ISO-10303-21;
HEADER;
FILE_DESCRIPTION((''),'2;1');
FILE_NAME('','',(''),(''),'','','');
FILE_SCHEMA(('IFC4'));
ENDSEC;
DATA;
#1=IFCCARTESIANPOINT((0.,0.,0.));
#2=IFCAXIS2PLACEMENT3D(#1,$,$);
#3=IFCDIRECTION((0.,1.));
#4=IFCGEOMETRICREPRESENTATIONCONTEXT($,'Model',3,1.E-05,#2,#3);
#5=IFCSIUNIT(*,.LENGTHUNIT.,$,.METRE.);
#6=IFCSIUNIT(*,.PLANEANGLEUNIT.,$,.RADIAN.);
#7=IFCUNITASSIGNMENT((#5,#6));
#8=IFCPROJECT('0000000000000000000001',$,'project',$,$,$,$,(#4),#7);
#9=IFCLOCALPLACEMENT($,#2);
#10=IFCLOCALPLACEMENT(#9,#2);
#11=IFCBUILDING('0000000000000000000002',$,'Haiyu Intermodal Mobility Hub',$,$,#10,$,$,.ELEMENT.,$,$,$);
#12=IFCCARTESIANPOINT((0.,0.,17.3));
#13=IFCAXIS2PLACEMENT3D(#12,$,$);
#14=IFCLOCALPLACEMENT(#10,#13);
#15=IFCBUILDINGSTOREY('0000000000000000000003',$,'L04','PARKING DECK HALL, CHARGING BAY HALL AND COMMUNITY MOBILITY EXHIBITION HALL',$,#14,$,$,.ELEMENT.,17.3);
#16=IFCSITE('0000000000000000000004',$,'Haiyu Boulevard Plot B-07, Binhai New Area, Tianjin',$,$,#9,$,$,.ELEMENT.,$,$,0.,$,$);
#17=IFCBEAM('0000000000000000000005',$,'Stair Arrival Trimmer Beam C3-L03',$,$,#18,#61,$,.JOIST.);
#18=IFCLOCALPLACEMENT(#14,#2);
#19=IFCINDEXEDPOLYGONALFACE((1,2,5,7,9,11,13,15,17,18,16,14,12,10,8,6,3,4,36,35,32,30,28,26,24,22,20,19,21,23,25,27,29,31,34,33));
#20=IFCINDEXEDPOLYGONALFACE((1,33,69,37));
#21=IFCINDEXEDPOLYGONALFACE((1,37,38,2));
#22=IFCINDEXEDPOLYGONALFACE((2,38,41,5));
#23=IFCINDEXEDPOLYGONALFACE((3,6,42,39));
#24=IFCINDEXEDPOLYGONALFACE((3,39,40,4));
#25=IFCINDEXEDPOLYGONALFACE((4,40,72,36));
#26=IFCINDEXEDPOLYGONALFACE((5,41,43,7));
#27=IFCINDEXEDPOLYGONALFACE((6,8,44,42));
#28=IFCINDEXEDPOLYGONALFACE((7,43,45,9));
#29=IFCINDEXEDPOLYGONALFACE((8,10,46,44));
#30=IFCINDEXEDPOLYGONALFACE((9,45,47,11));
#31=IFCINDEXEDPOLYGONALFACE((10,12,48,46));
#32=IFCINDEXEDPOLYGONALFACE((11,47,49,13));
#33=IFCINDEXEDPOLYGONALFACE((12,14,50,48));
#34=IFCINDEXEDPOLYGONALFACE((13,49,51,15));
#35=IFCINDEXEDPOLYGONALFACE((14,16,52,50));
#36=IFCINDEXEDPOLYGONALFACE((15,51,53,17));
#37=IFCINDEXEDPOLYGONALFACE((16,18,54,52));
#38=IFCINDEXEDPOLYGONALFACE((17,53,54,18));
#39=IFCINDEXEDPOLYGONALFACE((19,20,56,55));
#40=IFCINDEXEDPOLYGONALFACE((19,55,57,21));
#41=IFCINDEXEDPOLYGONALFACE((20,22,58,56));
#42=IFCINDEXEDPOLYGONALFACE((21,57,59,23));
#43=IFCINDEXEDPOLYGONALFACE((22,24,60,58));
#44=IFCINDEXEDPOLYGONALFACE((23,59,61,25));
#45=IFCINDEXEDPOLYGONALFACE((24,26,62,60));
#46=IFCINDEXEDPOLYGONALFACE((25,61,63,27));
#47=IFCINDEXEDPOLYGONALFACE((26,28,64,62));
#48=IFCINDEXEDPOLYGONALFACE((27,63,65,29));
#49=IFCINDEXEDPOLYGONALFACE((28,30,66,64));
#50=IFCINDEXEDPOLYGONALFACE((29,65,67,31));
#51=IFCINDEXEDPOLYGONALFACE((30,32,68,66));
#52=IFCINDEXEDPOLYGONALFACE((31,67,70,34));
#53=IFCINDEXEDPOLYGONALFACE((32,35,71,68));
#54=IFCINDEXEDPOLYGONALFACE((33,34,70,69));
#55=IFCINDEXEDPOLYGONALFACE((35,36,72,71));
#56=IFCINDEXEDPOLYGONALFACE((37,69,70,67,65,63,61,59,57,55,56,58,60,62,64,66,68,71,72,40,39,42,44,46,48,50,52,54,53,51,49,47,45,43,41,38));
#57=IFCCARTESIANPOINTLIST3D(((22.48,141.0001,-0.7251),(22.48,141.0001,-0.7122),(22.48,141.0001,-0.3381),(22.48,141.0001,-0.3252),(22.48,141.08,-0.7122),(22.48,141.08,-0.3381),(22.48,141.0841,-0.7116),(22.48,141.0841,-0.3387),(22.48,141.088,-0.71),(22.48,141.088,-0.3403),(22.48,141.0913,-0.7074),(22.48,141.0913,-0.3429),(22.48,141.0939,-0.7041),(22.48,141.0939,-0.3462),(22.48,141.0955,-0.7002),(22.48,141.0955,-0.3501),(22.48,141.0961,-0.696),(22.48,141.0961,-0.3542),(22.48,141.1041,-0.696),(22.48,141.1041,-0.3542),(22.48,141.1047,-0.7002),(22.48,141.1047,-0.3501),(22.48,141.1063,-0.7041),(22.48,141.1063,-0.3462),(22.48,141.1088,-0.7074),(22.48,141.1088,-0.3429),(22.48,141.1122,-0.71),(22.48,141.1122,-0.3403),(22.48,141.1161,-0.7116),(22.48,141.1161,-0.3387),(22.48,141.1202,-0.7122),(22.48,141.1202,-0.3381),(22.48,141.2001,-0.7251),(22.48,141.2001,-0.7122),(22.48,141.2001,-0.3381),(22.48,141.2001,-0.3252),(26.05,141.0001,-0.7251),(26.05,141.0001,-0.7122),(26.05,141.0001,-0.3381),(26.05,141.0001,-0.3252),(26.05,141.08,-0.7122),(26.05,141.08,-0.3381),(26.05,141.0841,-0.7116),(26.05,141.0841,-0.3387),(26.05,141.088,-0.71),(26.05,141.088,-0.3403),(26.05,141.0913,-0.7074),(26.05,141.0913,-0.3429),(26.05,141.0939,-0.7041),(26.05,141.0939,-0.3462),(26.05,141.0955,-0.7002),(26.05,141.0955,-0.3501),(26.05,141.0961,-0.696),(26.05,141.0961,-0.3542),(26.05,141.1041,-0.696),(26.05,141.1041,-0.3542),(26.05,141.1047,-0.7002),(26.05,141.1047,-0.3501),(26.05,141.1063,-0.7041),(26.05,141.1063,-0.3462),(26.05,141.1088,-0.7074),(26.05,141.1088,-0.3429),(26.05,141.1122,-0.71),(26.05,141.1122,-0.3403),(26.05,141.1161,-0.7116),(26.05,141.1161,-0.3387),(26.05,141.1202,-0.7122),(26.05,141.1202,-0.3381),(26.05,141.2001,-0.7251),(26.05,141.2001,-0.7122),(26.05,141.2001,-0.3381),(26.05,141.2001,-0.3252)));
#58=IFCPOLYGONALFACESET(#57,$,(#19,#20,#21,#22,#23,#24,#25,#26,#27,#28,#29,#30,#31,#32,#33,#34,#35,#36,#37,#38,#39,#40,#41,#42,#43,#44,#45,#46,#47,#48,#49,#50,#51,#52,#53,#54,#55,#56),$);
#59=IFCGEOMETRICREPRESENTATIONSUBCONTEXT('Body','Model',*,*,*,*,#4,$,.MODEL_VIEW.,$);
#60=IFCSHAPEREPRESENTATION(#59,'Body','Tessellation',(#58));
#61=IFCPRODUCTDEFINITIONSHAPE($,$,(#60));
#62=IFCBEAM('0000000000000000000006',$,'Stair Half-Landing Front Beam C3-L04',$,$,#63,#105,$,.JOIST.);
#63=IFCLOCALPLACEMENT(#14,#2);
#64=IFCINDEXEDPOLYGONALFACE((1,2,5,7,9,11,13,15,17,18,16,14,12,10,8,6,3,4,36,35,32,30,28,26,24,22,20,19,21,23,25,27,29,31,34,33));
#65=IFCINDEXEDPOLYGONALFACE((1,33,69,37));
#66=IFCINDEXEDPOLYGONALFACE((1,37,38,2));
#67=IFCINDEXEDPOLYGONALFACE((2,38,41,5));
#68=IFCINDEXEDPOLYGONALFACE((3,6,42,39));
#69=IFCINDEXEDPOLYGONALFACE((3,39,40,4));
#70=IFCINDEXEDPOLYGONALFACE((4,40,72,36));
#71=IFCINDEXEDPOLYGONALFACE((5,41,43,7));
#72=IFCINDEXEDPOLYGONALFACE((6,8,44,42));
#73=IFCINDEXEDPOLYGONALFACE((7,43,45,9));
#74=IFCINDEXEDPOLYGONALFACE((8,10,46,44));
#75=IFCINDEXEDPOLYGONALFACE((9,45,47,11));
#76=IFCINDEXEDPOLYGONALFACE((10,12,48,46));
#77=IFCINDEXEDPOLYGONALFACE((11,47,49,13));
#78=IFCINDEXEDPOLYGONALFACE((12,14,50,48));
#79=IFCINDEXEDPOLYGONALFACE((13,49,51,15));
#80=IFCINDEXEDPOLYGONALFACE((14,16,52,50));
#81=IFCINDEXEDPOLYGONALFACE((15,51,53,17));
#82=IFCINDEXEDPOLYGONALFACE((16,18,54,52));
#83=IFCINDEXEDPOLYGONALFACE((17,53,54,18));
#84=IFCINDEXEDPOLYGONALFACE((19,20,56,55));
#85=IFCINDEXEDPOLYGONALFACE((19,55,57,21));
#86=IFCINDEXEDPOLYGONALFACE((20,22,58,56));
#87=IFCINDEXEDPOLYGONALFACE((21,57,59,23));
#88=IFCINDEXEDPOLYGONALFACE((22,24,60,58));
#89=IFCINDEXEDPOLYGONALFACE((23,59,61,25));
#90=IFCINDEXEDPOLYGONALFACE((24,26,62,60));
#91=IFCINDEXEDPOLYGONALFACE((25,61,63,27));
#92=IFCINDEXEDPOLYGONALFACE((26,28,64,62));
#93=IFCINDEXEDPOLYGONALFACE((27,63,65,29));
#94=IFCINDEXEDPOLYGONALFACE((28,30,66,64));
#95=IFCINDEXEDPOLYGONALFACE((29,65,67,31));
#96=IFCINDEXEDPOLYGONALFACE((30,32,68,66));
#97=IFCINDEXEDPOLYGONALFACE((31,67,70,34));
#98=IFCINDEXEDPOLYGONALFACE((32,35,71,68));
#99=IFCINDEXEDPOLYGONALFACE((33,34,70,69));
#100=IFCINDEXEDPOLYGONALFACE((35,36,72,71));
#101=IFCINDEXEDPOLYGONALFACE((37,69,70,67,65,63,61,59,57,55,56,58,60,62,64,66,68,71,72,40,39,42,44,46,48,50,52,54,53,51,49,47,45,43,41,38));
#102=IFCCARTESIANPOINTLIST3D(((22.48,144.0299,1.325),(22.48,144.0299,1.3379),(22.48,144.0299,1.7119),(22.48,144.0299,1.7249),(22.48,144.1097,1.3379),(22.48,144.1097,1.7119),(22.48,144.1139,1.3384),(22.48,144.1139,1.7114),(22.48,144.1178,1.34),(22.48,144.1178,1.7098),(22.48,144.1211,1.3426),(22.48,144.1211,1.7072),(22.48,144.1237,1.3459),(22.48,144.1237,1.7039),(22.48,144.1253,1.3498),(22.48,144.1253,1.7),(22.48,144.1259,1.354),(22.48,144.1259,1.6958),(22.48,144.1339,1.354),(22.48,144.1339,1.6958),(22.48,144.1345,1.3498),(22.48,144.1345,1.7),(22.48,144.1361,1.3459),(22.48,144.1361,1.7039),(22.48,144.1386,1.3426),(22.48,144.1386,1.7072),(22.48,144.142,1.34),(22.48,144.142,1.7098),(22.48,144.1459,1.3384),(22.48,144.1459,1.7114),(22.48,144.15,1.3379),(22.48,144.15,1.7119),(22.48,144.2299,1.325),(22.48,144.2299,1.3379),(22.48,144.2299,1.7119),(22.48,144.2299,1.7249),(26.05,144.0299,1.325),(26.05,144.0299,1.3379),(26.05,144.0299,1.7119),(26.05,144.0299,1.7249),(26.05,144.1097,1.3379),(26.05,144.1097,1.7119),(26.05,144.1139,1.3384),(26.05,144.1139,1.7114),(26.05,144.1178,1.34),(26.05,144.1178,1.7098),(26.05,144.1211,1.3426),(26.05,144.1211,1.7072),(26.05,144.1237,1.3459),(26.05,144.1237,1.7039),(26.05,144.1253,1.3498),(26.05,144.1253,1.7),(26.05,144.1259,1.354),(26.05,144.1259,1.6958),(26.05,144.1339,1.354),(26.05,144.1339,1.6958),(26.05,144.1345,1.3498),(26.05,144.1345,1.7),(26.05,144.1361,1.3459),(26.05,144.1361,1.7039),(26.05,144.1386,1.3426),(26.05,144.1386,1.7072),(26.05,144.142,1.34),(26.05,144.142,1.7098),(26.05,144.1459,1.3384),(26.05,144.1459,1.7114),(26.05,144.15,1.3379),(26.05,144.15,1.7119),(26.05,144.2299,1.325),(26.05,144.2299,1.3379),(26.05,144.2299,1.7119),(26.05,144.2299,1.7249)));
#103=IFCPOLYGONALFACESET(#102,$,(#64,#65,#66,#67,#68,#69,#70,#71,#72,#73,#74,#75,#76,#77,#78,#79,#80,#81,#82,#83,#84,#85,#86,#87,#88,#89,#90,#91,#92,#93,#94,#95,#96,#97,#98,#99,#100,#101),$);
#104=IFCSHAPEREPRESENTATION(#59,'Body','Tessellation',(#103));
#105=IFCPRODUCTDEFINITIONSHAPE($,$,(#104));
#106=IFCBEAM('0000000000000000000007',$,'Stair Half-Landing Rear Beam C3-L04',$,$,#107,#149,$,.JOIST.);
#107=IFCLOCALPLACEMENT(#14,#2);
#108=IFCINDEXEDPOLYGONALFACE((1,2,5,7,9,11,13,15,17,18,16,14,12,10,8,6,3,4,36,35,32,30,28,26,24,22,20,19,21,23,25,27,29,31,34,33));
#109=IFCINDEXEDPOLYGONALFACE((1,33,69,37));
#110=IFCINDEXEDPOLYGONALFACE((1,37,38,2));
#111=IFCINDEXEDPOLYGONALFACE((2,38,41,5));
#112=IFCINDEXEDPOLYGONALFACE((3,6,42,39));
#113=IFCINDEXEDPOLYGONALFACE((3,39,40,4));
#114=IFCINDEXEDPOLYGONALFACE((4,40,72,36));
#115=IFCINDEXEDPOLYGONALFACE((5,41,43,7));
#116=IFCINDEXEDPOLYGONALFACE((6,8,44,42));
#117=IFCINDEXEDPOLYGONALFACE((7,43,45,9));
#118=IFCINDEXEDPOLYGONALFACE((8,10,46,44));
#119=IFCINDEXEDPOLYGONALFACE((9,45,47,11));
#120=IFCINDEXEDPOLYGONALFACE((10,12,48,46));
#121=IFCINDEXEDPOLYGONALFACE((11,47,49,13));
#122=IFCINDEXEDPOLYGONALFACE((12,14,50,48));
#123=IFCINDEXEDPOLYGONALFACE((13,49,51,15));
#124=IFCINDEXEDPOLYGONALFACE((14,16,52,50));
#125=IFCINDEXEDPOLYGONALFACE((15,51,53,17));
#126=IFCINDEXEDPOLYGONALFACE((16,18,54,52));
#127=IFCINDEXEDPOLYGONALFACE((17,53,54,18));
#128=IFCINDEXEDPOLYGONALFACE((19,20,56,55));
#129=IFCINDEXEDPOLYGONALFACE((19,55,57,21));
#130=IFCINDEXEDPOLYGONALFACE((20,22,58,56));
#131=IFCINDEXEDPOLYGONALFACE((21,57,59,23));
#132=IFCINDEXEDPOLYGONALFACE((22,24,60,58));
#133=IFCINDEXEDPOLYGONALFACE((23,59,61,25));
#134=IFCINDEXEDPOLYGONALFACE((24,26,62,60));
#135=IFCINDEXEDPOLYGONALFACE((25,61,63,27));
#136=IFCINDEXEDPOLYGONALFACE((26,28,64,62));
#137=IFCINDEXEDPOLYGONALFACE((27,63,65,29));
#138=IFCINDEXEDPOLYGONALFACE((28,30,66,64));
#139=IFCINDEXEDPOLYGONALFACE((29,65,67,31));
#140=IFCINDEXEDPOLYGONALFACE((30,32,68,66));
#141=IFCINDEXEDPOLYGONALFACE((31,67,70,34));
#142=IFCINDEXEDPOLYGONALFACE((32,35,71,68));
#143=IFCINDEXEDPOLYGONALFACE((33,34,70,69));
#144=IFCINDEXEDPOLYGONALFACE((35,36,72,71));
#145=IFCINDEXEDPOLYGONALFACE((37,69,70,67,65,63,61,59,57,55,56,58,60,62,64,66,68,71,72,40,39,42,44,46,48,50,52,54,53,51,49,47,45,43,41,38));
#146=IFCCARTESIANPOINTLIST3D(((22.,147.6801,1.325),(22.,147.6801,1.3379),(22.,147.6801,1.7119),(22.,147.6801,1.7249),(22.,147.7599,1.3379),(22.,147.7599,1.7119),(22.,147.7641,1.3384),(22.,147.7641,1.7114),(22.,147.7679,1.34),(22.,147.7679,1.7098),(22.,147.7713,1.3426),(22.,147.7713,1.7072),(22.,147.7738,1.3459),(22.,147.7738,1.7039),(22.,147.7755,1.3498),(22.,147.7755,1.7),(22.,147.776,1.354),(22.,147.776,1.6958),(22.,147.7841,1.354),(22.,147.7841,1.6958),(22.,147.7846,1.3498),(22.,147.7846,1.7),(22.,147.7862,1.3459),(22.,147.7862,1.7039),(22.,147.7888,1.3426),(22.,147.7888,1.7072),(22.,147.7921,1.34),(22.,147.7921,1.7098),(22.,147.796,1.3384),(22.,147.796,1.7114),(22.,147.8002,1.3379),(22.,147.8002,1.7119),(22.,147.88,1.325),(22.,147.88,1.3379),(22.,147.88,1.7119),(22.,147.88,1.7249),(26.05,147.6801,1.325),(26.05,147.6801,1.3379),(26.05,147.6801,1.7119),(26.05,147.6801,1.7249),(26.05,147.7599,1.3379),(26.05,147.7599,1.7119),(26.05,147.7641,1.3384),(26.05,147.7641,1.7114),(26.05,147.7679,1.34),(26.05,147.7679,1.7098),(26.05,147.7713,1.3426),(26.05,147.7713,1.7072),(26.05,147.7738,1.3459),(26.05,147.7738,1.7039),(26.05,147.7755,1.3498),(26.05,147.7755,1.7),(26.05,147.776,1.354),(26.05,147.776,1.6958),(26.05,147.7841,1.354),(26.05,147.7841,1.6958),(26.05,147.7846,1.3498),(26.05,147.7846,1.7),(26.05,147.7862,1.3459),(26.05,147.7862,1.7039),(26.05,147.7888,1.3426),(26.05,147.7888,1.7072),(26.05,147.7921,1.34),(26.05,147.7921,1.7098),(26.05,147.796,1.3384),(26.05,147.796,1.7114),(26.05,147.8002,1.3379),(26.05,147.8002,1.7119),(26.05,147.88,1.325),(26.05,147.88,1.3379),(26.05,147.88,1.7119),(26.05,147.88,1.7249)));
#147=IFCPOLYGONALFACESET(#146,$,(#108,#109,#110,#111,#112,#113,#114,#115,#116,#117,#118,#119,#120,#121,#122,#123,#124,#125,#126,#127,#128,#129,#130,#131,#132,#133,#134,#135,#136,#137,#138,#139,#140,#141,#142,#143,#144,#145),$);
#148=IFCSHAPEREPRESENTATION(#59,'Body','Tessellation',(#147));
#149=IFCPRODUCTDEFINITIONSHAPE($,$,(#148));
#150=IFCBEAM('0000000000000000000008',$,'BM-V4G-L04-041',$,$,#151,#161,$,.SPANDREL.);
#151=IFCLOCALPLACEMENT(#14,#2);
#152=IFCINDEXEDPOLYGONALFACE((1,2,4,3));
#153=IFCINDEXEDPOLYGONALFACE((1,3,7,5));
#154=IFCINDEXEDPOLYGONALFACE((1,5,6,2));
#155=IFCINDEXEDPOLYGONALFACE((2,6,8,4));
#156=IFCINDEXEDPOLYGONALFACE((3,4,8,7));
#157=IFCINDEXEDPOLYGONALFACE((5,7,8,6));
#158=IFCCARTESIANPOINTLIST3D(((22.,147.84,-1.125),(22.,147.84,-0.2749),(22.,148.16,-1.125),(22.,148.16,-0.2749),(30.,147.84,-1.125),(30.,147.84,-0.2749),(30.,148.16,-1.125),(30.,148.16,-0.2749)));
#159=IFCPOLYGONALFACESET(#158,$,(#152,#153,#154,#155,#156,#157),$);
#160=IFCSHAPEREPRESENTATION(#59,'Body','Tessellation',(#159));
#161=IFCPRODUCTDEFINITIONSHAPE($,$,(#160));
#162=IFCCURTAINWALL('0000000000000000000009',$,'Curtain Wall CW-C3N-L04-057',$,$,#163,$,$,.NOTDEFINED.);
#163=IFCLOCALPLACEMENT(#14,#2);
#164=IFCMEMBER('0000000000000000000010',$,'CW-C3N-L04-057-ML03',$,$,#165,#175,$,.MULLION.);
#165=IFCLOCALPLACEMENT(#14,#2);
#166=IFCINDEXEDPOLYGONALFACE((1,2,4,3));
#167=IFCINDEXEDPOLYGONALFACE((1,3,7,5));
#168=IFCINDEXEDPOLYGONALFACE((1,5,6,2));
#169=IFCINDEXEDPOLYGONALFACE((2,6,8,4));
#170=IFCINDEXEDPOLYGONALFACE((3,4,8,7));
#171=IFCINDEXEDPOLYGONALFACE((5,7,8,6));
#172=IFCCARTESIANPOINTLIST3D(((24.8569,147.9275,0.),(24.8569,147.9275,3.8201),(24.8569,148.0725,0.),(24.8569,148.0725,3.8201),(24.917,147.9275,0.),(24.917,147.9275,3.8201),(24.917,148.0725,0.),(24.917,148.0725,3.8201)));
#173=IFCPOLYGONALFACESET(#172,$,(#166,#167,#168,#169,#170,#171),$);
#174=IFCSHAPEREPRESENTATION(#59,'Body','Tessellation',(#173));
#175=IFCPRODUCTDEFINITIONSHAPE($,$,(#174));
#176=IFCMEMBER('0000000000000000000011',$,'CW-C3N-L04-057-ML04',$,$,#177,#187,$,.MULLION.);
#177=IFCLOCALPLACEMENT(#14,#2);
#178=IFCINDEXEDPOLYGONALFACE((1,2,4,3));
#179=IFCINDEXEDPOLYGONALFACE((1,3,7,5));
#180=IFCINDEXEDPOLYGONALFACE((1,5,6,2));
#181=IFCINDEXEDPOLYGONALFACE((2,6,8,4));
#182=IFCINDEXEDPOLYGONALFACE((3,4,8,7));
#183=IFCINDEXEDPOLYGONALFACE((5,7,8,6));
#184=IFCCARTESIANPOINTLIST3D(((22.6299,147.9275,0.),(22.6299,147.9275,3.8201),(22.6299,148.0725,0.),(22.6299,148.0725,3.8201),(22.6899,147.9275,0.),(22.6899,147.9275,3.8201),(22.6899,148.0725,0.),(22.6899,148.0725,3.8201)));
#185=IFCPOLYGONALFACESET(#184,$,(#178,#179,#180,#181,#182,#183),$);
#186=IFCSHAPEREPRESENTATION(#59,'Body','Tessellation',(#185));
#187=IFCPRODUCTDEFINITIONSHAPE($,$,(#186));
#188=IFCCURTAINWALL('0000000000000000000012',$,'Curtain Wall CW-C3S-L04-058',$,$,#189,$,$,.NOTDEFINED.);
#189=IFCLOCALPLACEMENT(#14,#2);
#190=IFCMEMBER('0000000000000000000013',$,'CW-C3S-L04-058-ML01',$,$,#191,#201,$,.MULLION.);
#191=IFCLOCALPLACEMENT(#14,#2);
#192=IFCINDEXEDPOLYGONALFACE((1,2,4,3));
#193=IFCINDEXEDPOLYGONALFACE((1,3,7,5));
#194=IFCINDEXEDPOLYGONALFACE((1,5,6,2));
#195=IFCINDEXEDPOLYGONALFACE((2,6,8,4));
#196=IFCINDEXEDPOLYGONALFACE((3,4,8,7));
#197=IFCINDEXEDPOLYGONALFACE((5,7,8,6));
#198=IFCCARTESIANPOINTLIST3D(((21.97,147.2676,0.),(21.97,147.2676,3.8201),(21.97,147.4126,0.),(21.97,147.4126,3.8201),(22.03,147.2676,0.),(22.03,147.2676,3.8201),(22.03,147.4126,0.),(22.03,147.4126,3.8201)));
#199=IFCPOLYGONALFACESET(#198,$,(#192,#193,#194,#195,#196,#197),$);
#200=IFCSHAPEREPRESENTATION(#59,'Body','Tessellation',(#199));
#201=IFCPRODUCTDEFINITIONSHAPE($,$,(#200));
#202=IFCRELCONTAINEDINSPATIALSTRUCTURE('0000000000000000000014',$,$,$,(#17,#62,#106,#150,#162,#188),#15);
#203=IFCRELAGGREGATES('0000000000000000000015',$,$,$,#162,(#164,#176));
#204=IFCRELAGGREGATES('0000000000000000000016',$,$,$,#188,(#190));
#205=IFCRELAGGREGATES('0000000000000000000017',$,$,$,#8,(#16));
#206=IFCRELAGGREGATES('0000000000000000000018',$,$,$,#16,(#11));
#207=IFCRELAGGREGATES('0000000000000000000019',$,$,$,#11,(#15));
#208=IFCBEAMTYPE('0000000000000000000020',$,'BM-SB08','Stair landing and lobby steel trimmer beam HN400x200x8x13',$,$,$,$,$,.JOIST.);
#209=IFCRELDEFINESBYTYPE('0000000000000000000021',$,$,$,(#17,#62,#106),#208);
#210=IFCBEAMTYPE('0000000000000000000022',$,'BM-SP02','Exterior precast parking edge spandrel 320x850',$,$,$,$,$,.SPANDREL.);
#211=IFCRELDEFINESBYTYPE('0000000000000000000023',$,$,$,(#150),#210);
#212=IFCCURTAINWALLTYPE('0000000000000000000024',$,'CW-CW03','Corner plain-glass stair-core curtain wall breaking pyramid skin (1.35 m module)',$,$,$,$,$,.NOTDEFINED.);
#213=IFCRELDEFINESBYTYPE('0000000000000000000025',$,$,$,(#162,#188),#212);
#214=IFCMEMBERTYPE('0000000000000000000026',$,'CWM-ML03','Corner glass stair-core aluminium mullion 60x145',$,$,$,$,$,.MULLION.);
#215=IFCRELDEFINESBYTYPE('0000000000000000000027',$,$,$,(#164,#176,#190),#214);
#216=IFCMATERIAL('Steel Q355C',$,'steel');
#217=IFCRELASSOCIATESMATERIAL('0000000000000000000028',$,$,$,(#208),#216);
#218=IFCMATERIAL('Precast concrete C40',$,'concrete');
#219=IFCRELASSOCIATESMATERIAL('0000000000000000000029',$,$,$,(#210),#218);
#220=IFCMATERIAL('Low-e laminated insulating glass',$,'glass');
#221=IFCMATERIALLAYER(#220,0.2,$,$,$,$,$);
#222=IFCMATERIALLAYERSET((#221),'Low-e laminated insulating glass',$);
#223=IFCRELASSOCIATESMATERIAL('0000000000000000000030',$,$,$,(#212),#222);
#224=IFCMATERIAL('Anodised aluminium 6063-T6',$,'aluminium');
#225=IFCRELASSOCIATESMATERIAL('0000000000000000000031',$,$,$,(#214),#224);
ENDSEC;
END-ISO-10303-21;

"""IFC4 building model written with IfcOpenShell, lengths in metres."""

from ifc_helpers import new_model, si_unit, direction, frame, origin, origin_2d, place, context, subcontext, project, spatial, rectangle, i_section, extrude, material, layer, layer_set, material_profile, profile_set, type_object, element, aggregate, save


model = new_model("IFC4")

# Units and contexts
model_context = context("Model", 3, precision=1e-05, world=origin(), true_north=direction((0.0, 1.0)))
body_context = subcontext(model_context, "Body", "Model", "MODEL_VIEW")
ifc_project = project(units=[si_unit("LENGTHUNIT", "METRE"), si_unit("PLANEANGLEUNIT", "RADIAN")], contexts=[model_context])

# Site, building, storey
site_placement = place(None, origin())
site = spatial("IfcSite", under=ifc_project, at=site_placement, Name="Haiyu Boulevard Plot B-07, Binhai New Area, Tianjin", CompositionType="ELEMENT", RefElevation=0.0)
building_placement = place(site_placement, origin())
building = spatial("IfcBuilding", under=site, at=building_placement, Name="Haiyu Intermodal Mobility Hub", CompositionType="ELEMENT")
storey_placement = place(building_placement, frame((0.0, 0.0, 17.3)))
storey = spatial("IfcBuildingStorey", under=building, at=storey_placement, Name="L04", Description="PARKING DECK HALL, CHARGING BAY HALL AND COMMUNITY MOBILITY EXHIBITION HALL", CompositionType="ELEMENT", Elevation=17.3)

# Shared definitions
ifc_material_1 = material(Name="Steel Q355C", Category="steel")

# Beams
ifc_material_profile_1 = material_profile(ifc_material_1, i_section(OverallWidth=0.2, OverallDepth=0.3999, WebThickness=0.0081, FlangeThickness=0.0129, FilletRadius=0.0161, at=origin_2d()), Name="HN400x200x8x13")
ifc_profile_set_1 = profile_set([ifc_material_profile_1], Name="Steel Q355C")
beam_type_1 = type_object("IfcBeamType", Name="BM-SB08", Description="Stair landing and lobby steel trimmer beam HN400x200x8x13", PredefinedType="JOIST", material=ifc_profile_set_1)
for number, where, z_axis, x_axis, name in (
    (1, (22.48, 141.1001, -0.5251), (1.0, 0.0, 0.0), (0.0, 1.0, 0.0), "Stair Arrival Trimmer Beam C3-L03"),
    (2, (22.48, 144.1299, 1.5249), (1.0, 0.0, 0.0), (0.0, 1.0, 0.0), "Stair Half-Landing Front Beam C3-L04"),
):
    element("IfcBeam", number, at=place(storey_placement, frame(where, z_axis=z_axis, x_axis=x_axis)), inside=storey, type_object=beam_type_1, Name=name, PredefinedType="JOIST", context=body_context, shape_type="SweptSolid", body=[
        extrude(i_section(OverallWidth=0.2, OverallDepth=0.3999, WebThickness=0.0081, FlangeThickness=0.0129, FilletRadius=0.0161, at=origin_2d()), origin(), (0.0, 0.0, 1.0), 3.5701),
    ])
beam_1_placement = place(storey_placement, frame((22.0, 147.78, 1.5249), z_axis=(1.0, 0.0, 0.0), x_axis=(0.0, 1.0, 0.0)))
element("IfcBeam", 3, at=beam_1_placement, inside=storey, type_object=beam_type_1, Name="Stair Half-Landing Rear Beam C3-L04", PredefinedType="JOIST", context=body_context, shape_type="SweptSolid", body=[
    extrude(i_section(OverallWidth=0.2, OverallDepth=0.3999, WebThickness=0.0081, FlangeThickness=0.0129, FilletRadius=0.0161, at=origin_2d()), origin(), (0.0, 0.0, 1.0), 4.05),
])
ifc_material_2 = material(Name="Precast concrete C40", Category="concrete")
ifc_material_profile_2 = material_profile(ifc_material_2, rectangle(XDim=0.3201, YDim=0.8501, at=origin_2d()), Name="PC320x850")
ifc_profile_set_2 = profile_set([ifc_material_profile_2], Name="Precast concrete C40")
beam_type_2 = type_object("IfcBeamType", Name="BM-SP02", Description="Exterior precast parking edge spandrel 320x850", PredefinedType="SPANDREL", material=ifc_profile_set_2)
beam_2_placement = place(storey_placement, frame((22.0, 148.0, -0.7), z_axis=(1.0, 0.0, 0.0), x_axis=(0.0, 1.0, 0.0)))
element("IfcBeam", 4, at=beam_2_placement, inside=storey, type_object=beam_type_2, Name="BM-V4G-L04-041", PredefinedType="SPANDREL", context=body_context, shape_type="SweptSolid", body=[
    extrude(rectangle(XDim=0.3201, YDim=0.8501, at=origin_2d()), origin(), (0.0, 0.0, 1.0), 8.0),
])

# Curtain walls, members
ifc_material_3 = material(Name="Low-e laminated insulating glass", Category="glass")
ifc_layer_1 = layer(ifc_material_3, 0.2)
ifc_layer_set_1 = layer_set([ifc_layer_1], Name="Low-e laminated insulating glass")
curtain_wall_type = type_object("IfcCurtainWallType", Name="CW-CW03", Description="Corner plain-glass stair-core curtain wall breaking pyramid skin (1.35 m module)", PredefinedType="NOTDEFINED", material=ifc_layer_set_1)
curtain_wall_1_placement = place(storey_placement, origin())
curtain_wall_1 = element("IfcCurtainWall", 5, at=curtain_wall_1_placement, inside=storey, type_object=curtain_wall_type, Name="Curtain Wall CW-C3N-L04-057", PredefinedType="NOTDEFINED")
ifc_material_4 = material(Name="Anodised aluminium 6063-T6", Category="aluminium")
ifc_material_profile_3 = material_profile(ifc_material_4, rectangle(XDim=0.0601, YDim=0.145, at=origin_2d()), Name="ALU60x145")
ifc_profile_set_3 = profile_set([ifc_material_profile_3], Name="Anodised aluminium 6063-T6")
member_type_1 = type_object("IfcMemberType", Name="CWM-ML03", Description="Corner glass stair-core aluminium mullion 60x145", PredefinedType="MULLION", material=ifc_profile_set_3)
member_1_placement = place(storey_placement, frame((24.887, 148.0, 0.0), z_axis=(0.0, 0.0, 1.0), x_axis=(1.0, 0.0, 0.0)))
member_1 = element("IfcMember", 6, at=member_1_placement, type_object=member_type_1, Name="CW-C3N-L04-057-ML03", PredefinedType="MULLION", context=body_context, shape_type="SweptSolid", body=[
    extrude(rectangle(XDim=0.0601, YDim=0.145, at=origin_2d()), origin(), (0.0, 0.0, 1.0), 3.8201),
])
member_2_placement = place(storey_placement, frame((22.6599, 148.0, 0.0), z_axis=(0.0, 0.0, 1.0), x_axis=(1.0, 0.0, 0.0)))
member_2 = element("IfcMember", 7, at=member_2_placement, type_object=member_type_1, Name="CW-C3N-L04-057-ML04", PredefinedType="MULLION", context=body_context, shape_type="SweptSolid", body=[
    extrude(rectangle(XDim=0.0601, YDim=0.145, at=origin_2d()), origin(), (0.0, 0.0, 1.0), 3.8201),
])
curtain_wall_2_placement = place(storey_placement, origin())
curtain_wall_2 = element("IfcCurtainWall", 8, at=curtain_wall_2_placement, inside=storey, type_object=curtain_wall_type, Name="Curtain Wall CW-C3S-L04-058", PredefinedType="NOTDEFINED")
member_3_placement = place(storey_placement, frame((22.0, 147.3401, 0.0), z_axis=(0.0, 0.0, 1.0), x_axis=(1.0, 0.0, 0.0)))
member_3 = element("IfcMember", 9, at=member_3_placement, type_object=member_type_1, Name="CW-C3S-L04-058-ML01", PredefinedType="MULLION", context=body_context, shape_type="SweptSolid", body=[
    extrude(rectangle(XDim=0.0601, YDim=0.145, at=origin_2d()), origin(), (0.0, 0.0, 1.0), 3.8201),
])

aggregate(curtain_wall_1, [member_1, member_2])
aggregate(curtain_wall_2, [member_3])

save(model, "model.ifc")
